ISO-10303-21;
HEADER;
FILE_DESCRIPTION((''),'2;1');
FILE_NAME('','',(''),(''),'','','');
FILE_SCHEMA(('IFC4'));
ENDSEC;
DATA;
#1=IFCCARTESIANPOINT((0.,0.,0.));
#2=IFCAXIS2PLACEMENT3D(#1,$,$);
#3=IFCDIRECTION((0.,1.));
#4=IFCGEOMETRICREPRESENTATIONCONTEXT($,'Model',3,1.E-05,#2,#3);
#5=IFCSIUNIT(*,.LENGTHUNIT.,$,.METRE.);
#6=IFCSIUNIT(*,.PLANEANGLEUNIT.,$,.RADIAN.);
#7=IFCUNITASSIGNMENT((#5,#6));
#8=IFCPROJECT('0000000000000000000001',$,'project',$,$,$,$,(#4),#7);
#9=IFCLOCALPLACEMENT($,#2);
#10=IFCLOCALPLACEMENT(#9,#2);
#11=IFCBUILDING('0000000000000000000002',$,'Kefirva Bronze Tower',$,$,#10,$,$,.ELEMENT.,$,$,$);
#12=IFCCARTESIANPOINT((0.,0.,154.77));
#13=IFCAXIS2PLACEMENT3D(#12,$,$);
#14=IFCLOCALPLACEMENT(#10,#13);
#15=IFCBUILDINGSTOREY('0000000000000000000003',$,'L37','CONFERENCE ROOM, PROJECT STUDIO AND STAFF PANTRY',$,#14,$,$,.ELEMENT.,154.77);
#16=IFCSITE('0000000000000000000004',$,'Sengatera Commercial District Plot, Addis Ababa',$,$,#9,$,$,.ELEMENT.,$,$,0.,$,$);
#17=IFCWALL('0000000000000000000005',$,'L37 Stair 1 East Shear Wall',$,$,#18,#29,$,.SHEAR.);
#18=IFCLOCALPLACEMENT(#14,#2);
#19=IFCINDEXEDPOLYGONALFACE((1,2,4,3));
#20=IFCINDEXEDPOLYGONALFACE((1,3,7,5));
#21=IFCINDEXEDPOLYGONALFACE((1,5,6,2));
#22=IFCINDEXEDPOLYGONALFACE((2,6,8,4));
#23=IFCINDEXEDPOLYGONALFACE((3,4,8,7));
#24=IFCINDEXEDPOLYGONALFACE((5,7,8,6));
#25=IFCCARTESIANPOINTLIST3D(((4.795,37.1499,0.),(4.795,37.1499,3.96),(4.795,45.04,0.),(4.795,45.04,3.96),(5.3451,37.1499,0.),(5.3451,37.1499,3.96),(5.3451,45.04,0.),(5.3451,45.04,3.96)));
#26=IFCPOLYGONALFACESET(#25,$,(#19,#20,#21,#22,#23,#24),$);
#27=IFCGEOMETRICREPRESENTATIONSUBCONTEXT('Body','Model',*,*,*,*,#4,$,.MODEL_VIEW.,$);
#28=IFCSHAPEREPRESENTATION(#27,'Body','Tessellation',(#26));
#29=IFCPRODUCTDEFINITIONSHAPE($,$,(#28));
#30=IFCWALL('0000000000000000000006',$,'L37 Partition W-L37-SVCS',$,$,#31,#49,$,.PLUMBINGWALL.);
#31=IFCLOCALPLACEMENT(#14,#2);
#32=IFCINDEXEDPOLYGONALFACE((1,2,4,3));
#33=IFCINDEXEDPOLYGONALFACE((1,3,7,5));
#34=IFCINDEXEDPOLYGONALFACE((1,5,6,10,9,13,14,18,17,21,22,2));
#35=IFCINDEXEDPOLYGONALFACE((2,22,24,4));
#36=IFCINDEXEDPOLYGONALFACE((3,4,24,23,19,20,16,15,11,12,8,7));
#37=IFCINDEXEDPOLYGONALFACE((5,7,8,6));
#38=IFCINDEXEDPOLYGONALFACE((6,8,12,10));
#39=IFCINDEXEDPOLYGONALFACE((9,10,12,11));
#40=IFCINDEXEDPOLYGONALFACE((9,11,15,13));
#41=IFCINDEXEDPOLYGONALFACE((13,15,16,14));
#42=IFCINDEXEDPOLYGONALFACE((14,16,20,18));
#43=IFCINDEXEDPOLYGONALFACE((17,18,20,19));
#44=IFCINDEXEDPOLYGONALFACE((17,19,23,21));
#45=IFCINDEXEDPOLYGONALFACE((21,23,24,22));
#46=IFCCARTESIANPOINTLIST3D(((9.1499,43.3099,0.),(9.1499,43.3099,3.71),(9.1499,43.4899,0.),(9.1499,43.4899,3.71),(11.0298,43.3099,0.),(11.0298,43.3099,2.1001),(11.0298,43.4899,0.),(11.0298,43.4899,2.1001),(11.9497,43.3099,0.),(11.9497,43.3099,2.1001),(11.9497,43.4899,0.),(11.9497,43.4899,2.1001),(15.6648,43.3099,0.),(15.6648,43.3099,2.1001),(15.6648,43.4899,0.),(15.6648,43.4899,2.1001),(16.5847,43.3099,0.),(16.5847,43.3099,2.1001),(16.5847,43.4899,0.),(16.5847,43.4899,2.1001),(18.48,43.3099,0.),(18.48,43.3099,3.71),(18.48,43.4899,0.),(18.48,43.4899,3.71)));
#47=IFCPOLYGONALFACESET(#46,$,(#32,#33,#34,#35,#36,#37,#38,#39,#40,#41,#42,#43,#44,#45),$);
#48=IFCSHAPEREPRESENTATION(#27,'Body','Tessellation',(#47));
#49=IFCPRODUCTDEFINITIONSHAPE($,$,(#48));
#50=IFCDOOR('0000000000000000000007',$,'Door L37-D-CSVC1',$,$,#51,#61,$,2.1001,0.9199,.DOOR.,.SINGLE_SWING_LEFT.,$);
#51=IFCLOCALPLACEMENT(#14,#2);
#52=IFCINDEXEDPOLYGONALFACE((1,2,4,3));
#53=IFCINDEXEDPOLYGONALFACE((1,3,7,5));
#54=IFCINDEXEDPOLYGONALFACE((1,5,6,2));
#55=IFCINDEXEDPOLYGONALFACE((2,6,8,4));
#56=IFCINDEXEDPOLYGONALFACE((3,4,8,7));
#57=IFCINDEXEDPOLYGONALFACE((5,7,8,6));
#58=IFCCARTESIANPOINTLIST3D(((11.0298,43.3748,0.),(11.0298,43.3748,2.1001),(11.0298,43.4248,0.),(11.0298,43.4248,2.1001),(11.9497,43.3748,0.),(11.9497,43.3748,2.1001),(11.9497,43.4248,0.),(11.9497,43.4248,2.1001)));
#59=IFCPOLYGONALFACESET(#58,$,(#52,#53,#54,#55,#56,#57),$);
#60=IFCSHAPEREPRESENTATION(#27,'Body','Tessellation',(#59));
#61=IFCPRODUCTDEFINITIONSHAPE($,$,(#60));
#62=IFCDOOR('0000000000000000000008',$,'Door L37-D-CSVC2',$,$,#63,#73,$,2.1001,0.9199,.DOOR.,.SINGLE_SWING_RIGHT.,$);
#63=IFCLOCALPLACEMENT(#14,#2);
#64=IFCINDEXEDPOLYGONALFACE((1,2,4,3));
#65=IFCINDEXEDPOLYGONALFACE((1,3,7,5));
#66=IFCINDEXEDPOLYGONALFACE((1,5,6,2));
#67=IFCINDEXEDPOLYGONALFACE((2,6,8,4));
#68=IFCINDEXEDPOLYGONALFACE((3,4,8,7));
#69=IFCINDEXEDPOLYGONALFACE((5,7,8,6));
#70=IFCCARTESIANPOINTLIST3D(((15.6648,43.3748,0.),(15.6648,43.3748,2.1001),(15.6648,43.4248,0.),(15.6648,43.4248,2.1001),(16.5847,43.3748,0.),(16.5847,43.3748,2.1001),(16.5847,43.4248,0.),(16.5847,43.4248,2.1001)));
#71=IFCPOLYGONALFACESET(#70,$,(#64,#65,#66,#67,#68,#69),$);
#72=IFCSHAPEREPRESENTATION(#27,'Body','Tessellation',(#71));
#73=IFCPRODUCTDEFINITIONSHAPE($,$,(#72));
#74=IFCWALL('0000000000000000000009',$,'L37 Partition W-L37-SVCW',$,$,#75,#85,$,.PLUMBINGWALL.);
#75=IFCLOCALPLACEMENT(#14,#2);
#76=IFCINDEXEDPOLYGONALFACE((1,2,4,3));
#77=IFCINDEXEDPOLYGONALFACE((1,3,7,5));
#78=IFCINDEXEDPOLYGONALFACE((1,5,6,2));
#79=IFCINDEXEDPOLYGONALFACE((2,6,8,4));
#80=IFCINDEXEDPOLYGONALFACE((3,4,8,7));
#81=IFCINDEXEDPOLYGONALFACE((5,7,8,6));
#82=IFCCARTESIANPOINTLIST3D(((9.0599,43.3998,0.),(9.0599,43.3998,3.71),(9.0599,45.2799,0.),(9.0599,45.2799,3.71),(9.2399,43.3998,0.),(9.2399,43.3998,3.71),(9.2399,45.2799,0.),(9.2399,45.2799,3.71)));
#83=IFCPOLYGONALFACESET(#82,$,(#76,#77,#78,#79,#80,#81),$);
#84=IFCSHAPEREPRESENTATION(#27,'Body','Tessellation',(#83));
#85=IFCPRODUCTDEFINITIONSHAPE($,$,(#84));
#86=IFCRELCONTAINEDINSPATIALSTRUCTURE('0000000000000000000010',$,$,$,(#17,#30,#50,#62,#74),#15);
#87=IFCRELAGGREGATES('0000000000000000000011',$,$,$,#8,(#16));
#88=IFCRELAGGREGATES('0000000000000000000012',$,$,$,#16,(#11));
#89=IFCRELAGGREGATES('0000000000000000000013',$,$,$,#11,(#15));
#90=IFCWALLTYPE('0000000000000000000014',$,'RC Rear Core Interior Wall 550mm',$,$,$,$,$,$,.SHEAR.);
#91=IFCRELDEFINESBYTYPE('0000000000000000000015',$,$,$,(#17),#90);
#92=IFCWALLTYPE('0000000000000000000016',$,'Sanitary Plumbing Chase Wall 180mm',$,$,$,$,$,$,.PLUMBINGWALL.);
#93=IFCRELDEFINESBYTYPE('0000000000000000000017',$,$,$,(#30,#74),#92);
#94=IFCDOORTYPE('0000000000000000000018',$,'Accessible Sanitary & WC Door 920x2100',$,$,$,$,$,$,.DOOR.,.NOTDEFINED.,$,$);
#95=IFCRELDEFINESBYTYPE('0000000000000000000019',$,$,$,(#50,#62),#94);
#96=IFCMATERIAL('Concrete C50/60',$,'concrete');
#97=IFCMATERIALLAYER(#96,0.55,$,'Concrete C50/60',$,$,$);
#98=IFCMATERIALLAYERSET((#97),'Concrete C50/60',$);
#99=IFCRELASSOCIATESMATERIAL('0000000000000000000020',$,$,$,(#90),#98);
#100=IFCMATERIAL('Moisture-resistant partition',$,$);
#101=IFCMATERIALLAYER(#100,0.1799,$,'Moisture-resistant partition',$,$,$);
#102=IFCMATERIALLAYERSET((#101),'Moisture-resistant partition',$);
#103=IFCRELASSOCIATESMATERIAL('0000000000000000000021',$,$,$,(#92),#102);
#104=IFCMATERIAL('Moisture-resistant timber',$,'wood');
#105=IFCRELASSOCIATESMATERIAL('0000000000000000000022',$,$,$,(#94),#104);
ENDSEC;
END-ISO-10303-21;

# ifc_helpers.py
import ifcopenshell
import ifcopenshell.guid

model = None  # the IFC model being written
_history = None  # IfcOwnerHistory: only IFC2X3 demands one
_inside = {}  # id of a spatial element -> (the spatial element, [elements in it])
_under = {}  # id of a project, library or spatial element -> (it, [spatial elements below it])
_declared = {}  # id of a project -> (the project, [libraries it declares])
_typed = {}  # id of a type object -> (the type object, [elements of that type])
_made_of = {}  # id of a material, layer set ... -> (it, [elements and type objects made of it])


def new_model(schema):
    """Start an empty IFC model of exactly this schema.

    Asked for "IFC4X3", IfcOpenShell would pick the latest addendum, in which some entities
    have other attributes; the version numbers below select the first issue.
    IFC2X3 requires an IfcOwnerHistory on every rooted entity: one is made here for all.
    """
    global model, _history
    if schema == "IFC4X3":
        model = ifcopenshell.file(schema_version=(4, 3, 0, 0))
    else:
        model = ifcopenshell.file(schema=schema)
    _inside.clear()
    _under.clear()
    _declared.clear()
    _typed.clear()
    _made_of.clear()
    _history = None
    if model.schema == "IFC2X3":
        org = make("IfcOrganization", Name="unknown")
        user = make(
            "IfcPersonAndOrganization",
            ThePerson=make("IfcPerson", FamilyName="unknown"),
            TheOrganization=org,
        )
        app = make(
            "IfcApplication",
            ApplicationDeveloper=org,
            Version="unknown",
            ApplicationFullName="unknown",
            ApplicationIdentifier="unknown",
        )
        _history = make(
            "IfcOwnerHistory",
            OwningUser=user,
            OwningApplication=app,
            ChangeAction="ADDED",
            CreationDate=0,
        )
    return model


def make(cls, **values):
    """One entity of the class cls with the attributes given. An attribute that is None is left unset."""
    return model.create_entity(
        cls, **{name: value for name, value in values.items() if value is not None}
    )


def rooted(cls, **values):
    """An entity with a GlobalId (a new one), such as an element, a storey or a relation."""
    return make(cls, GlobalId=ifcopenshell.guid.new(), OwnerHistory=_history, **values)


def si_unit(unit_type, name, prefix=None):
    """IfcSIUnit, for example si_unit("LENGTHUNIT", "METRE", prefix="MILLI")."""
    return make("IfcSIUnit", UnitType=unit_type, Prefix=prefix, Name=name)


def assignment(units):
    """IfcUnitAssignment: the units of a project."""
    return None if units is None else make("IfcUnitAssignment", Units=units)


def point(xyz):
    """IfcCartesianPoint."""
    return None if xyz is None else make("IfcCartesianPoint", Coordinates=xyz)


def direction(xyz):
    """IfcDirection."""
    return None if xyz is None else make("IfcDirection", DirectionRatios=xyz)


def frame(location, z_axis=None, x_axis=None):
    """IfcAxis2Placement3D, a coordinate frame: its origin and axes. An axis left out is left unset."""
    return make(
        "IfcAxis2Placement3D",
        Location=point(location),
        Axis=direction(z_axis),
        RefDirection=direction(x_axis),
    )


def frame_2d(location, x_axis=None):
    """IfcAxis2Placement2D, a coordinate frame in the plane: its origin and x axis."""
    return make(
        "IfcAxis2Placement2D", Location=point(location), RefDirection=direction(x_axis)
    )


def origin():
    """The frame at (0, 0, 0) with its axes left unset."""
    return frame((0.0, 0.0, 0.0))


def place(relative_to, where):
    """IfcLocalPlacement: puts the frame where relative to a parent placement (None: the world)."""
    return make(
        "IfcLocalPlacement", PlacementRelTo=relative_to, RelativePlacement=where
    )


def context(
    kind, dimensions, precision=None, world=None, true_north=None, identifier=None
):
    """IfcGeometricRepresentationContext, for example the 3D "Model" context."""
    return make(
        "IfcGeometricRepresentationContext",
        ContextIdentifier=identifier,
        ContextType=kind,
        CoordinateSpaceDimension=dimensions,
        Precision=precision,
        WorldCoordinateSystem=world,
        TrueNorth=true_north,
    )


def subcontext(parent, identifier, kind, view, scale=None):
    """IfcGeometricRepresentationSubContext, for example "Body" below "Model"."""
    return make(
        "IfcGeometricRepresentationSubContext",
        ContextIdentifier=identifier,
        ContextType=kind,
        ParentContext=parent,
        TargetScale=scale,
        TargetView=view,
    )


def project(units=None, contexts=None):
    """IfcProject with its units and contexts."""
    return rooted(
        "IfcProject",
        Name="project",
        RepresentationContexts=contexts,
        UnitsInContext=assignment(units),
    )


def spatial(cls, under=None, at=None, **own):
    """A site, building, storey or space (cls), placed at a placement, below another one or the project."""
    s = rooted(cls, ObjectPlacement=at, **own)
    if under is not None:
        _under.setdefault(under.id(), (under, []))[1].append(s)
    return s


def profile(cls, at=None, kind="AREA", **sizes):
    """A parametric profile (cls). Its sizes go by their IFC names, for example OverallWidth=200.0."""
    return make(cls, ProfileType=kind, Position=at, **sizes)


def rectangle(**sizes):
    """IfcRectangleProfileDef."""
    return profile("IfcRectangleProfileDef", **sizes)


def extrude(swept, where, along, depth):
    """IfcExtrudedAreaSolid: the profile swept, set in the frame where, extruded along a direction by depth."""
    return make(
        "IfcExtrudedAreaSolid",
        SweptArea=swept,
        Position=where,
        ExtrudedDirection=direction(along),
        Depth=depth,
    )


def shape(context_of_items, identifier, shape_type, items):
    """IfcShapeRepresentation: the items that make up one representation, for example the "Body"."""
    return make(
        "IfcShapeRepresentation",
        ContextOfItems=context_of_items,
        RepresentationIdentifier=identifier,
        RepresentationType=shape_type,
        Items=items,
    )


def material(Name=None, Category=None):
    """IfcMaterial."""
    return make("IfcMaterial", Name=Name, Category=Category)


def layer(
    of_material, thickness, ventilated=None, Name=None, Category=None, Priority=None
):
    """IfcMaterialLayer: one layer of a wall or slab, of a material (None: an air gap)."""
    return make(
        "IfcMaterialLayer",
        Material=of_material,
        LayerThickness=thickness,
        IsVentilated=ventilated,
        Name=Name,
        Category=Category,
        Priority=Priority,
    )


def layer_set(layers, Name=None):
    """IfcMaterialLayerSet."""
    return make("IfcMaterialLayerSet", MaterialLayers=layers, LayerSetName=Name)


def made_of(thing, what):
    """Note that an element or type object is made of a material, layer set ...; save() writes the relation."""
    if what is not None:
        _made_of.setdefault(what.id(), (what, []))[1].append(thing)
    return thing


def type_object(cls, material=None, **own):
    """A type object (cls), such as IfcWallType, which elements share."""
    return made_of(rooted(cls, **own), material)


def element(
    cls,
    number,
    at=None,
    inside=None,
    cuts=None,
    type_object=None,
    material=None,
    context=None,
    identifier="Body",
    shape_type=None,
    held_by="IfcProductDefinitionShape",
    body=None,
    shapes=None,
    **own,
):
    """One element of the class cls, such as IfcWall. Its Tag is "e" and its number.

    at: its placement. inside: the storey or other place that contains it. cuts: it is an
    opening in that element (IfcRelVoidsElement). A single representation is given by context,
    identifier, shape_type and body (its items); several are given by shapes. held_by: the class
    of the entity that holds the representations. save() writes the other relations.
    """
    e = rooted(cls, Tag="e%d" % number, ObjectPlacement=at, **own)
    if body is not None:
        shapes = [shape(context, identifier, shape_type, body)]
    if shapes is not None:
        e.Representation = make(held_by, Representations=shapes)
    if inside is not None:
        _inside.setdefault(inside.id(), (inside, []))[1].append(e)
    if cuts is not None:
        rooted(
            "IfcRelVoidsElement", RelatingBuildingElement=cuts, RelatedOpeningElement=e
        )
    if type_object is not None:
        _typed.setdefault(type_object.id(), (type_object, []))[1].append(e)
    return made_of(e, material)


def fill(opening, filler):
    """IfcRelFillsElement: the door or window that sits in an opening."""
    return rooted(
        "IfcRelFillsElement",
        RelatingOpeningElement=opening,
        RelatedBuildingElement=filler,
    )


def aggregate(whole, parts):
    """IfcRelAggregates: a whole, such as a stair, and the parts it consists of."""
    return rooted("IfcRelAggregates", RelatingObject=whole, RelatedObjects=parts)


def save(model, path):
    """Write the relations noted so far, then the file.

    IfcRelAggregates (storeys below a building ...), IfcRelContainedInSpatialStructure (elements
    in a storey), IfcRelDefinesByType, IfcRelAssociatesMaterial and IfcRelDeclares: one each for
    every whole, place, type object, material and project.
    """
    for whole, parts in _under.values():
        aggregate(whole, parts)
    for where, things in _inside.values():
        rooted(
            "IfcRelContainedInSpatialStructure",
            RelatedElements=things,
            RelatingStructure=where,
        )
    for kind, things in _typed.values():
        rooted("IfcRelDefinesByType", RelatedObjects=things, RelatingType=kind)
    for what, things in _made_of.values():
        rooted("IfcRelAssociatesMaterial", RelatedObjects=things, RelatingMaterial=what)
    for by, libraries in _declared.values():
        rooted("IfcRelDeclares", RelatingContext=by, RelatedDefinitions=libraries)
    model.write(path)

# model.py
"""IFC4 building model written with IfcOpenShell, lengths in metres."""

from ifc_helpers import new_model, si_unit, direction, frame, frame_2d, origin, place, context, subcontext, project, spatial, rectangle, extrude, material, layer, layer_set, type_object, element, fill, save


model = new_model("IFC4")

# Units and contexts
model_context = context("Model", 3, precision=1e-05, world=origin(), true_north=direction((0.0, 1.0)))
body_context = subcontext(model_context, "Body", "Model", "MODEL_VIEW")
ifc_project = project(units=[si_unit("LENGTHUNIT", "METRE"), si_unit("PLANEANGLEUNIT", "RADIAN")], contexts=[model_context])

# Site, building, storey
site_placement = place(None, origin())
site = spatial("IfcSite", under=ifc_project, at=site_placement, Name="Sengatera Commercial District Plot, Addis Ababa", CompositionType="ELEMENT", RefElevation=0.0)
building_placement = place(site_placement, origin())
building = spatial("IfcBuilding", under=site, at=building_placement, Name="Kefirva Bronze Tower", CompositionType="ELEMENT")
storey_placement = place(building_placement, frame((0.0, 0.0, 154.77)))
storey = spatial("IfcBuildingStorey", under=building, at=storey_placement, Name="L37", Description="CONFERENCE ROOM, PROJECT STUDIO AND STAFF PANTRY", CompositionType="ELEMENT", Elevation=154.77)

# Wall
ifc_material_1 = material(Name="Concrete C50/60", Category="concrete")
ifc_layer_1 = layer(ifc_material_1, 0.55, Name="Concrete C50/60")
ifc_layer_set_1 = layer_set([ifc_layer_1], Name="Concrete C50/60")
wall_type_1 = type_object("IfcWallType", Name="RC Rear Core Interior Wall 550mm", PredefinedType="SHEAR", material=ifc_layer_set_1)
wall_1_placement = place(storey_placement, frame((5.0701, 37.1499, 0.0), z_axis=(0.0, 0.0, 1.0), x_axis=(0.0, 1.0, 0.0)))
element("IfcWall", 1, at=wall_1_placement, inside=storey, type_object=wall_type_1, Name="L37 Stair 1 East Shear Wall", PredefinedType="SHEAR", context=body_context, shape_type="SweptSolid", body=[
    extrude(rectangle(XDim=7.8901, YDim=0.55, at=frame_2d((3.9451, 0.0))), origin(), (0.0, 0.0, 1.0), 3.96),
])

# Wall, openings, doors
ifc_material_2 = material(Name="Moisture-resistant partition")
ifc_layer_2 = layer(ifc_material_2, 0.1799, Name="Moisture-resistant partition")
ifc_layer_set_2 = layer_set([ifc_layer_2], Name="Moisture-resistant partition")
wall_type_2 = type_object("IfcWallType", Name="Sanitary Plumbing Chase Wall 180mm", PredefinedType="PLUMBINGWALL", material=ifc_layer_set_2)
wall_2_placement = place(storey_placement, frame((9.1499, 43.3999, 0.0), z_axis=(0.0, 0.0, 1.0), x_axis=(1.0, 0.0, 0.0)))
wall_2 = element("IfcWall", 2, at=wall_2_placement, inside=storey, type_object=wall_type_2, Name="L37 Partition W-L37-SVCS", PredefinedType="PLUMBINGWALL", context=body_context, shape_type="SweptSolid", body=[
    extrude(rectangle(XDim=9.3301, YDim=0.1799, at=frame_2d((4.665, 0.0))), origin(), (0.0, 0.0, 1.0), 3.71),
])
opening_1_placement = place(wall_2_placement, frame((1.8799, 0.0, 0.0)))
opening_1 = element("IfcOpeningElement", 3, at=opening_1_placement, cuts=wall_2, PredefinedType="OPENING", context=body_context, shape_type="SweptSolid", body=[
    extrude(rectangle(XDim=0.9199, YDim=2.1001, at=frame_2d((0.46, 1.05))), frame((0.0, 0.1001, 0.0), z_axis=(0.0, -1.0, 0.0), x_axis=(1.0, 0.0, 0.0)), (0.0, 0.0, 1.0), 0.2),
])
opening_2_placement = place(wall_2_placement, frame((6.5149, 0.0, 0.0)))
opening_2 = element("IfcOpeningElement", 4, at=opening_2_placement, cuts=wall_2, PredefinedType="OPENING", context=body_context, shape_type="SweptSolid", body=[
    extrude(rectangle(XDim=0.9199, YDim=2.1001, at=frame_2d((0.46, 1.05))), frame((0.0, 0.1001, 0.0), z_axis=(0.0, -1.0, 0.0), x_axis=(1.0, 0.0, 0.0)), (0.0, 0.0, 1.0), 0.2),
])
ifc_material_3 = material(Name="Moisture-resistant timber", Category="wood")
door_type_1 = type_object("IfcDoorType", Name="Accessible Sanitary & WC Door 920x2100", OperationType="NOTDEFINED", PredefinedType="DOOR", material=ifc_material_3)
door_1_placement = place(opening_1_placement, origin())
door_1 = element("IfcDoor", 5, at=door_1_placement, inside=storey, type_object=door_type_1, Name="Door L37-D-CSVC1", OperationType="SINGLE_SWING_LEFT", OverallHeight=2.1001, OverallWidth=0.9199, PredefinedType="DOOR", context=body_context, shape_type="SweptSolid", body=[
    extrude(rectangle(XDim=0.9199, YDim=2.1001, at=frame_2d((0.46, 1.05))), frame((0.0, 0.0249, 0.0), z_axis=(0.0, -1.0, 0.0), x_axis=(1.0, 0.0, 0.0)), (0.0, 0.0, 1.0), 0.05),
])
fill(opening_1, door_1)
door_2_placement = place(opening_2_placement, origin())
door_2 = element("IfcDoor", 6, at=door_2_placement, inside=storey, type_object=door_type_1, Name="Door L37-D-CSVC2", OperationType="SINGLE_SWING_RIGHT", OverallHeight=2.1001, OverallWidth=0.9199, PredefinedType="DOOR", context=body_context, shape_type="SweptSolid", body=[
    extrude(rectangle(XDim=0.9199, YDim=2.1001, at=frame_2d((0.46, 1.05))), frame((0.0, 0.0249, 0.0), z_axis=(0.0, -1.0, 0.0), x_axis=(1.0, 0.0, 0.0)), (0.0, 0.0, 1.0), 0.05),
])
fill(opening_2, door_2)

# Wall
wall_3_placement = place(storey_placement, frame((9.1499, 43.3999, 0.0), z_axis=(0.0, 0.0, 1.0), x_axis=(0.0, 1.0, 0.0)))
element("IfcWall", 7, at=wall_3_placement, inside=storey, type_object=wall_type_2, Name="L37 Partition W-L37-SVCW", PredefinedType="PLUMBINGWALL", context=body_context, shape_type="SweptSolid", body=[
    extrude(rectangle(XDim=1.8801, YDim=0.1799, at=frame_2d((0.9399, 0.0))), origin(), (0.0, 0.0, 1.0), 3.71),
])

save(model, "model.ifc")
